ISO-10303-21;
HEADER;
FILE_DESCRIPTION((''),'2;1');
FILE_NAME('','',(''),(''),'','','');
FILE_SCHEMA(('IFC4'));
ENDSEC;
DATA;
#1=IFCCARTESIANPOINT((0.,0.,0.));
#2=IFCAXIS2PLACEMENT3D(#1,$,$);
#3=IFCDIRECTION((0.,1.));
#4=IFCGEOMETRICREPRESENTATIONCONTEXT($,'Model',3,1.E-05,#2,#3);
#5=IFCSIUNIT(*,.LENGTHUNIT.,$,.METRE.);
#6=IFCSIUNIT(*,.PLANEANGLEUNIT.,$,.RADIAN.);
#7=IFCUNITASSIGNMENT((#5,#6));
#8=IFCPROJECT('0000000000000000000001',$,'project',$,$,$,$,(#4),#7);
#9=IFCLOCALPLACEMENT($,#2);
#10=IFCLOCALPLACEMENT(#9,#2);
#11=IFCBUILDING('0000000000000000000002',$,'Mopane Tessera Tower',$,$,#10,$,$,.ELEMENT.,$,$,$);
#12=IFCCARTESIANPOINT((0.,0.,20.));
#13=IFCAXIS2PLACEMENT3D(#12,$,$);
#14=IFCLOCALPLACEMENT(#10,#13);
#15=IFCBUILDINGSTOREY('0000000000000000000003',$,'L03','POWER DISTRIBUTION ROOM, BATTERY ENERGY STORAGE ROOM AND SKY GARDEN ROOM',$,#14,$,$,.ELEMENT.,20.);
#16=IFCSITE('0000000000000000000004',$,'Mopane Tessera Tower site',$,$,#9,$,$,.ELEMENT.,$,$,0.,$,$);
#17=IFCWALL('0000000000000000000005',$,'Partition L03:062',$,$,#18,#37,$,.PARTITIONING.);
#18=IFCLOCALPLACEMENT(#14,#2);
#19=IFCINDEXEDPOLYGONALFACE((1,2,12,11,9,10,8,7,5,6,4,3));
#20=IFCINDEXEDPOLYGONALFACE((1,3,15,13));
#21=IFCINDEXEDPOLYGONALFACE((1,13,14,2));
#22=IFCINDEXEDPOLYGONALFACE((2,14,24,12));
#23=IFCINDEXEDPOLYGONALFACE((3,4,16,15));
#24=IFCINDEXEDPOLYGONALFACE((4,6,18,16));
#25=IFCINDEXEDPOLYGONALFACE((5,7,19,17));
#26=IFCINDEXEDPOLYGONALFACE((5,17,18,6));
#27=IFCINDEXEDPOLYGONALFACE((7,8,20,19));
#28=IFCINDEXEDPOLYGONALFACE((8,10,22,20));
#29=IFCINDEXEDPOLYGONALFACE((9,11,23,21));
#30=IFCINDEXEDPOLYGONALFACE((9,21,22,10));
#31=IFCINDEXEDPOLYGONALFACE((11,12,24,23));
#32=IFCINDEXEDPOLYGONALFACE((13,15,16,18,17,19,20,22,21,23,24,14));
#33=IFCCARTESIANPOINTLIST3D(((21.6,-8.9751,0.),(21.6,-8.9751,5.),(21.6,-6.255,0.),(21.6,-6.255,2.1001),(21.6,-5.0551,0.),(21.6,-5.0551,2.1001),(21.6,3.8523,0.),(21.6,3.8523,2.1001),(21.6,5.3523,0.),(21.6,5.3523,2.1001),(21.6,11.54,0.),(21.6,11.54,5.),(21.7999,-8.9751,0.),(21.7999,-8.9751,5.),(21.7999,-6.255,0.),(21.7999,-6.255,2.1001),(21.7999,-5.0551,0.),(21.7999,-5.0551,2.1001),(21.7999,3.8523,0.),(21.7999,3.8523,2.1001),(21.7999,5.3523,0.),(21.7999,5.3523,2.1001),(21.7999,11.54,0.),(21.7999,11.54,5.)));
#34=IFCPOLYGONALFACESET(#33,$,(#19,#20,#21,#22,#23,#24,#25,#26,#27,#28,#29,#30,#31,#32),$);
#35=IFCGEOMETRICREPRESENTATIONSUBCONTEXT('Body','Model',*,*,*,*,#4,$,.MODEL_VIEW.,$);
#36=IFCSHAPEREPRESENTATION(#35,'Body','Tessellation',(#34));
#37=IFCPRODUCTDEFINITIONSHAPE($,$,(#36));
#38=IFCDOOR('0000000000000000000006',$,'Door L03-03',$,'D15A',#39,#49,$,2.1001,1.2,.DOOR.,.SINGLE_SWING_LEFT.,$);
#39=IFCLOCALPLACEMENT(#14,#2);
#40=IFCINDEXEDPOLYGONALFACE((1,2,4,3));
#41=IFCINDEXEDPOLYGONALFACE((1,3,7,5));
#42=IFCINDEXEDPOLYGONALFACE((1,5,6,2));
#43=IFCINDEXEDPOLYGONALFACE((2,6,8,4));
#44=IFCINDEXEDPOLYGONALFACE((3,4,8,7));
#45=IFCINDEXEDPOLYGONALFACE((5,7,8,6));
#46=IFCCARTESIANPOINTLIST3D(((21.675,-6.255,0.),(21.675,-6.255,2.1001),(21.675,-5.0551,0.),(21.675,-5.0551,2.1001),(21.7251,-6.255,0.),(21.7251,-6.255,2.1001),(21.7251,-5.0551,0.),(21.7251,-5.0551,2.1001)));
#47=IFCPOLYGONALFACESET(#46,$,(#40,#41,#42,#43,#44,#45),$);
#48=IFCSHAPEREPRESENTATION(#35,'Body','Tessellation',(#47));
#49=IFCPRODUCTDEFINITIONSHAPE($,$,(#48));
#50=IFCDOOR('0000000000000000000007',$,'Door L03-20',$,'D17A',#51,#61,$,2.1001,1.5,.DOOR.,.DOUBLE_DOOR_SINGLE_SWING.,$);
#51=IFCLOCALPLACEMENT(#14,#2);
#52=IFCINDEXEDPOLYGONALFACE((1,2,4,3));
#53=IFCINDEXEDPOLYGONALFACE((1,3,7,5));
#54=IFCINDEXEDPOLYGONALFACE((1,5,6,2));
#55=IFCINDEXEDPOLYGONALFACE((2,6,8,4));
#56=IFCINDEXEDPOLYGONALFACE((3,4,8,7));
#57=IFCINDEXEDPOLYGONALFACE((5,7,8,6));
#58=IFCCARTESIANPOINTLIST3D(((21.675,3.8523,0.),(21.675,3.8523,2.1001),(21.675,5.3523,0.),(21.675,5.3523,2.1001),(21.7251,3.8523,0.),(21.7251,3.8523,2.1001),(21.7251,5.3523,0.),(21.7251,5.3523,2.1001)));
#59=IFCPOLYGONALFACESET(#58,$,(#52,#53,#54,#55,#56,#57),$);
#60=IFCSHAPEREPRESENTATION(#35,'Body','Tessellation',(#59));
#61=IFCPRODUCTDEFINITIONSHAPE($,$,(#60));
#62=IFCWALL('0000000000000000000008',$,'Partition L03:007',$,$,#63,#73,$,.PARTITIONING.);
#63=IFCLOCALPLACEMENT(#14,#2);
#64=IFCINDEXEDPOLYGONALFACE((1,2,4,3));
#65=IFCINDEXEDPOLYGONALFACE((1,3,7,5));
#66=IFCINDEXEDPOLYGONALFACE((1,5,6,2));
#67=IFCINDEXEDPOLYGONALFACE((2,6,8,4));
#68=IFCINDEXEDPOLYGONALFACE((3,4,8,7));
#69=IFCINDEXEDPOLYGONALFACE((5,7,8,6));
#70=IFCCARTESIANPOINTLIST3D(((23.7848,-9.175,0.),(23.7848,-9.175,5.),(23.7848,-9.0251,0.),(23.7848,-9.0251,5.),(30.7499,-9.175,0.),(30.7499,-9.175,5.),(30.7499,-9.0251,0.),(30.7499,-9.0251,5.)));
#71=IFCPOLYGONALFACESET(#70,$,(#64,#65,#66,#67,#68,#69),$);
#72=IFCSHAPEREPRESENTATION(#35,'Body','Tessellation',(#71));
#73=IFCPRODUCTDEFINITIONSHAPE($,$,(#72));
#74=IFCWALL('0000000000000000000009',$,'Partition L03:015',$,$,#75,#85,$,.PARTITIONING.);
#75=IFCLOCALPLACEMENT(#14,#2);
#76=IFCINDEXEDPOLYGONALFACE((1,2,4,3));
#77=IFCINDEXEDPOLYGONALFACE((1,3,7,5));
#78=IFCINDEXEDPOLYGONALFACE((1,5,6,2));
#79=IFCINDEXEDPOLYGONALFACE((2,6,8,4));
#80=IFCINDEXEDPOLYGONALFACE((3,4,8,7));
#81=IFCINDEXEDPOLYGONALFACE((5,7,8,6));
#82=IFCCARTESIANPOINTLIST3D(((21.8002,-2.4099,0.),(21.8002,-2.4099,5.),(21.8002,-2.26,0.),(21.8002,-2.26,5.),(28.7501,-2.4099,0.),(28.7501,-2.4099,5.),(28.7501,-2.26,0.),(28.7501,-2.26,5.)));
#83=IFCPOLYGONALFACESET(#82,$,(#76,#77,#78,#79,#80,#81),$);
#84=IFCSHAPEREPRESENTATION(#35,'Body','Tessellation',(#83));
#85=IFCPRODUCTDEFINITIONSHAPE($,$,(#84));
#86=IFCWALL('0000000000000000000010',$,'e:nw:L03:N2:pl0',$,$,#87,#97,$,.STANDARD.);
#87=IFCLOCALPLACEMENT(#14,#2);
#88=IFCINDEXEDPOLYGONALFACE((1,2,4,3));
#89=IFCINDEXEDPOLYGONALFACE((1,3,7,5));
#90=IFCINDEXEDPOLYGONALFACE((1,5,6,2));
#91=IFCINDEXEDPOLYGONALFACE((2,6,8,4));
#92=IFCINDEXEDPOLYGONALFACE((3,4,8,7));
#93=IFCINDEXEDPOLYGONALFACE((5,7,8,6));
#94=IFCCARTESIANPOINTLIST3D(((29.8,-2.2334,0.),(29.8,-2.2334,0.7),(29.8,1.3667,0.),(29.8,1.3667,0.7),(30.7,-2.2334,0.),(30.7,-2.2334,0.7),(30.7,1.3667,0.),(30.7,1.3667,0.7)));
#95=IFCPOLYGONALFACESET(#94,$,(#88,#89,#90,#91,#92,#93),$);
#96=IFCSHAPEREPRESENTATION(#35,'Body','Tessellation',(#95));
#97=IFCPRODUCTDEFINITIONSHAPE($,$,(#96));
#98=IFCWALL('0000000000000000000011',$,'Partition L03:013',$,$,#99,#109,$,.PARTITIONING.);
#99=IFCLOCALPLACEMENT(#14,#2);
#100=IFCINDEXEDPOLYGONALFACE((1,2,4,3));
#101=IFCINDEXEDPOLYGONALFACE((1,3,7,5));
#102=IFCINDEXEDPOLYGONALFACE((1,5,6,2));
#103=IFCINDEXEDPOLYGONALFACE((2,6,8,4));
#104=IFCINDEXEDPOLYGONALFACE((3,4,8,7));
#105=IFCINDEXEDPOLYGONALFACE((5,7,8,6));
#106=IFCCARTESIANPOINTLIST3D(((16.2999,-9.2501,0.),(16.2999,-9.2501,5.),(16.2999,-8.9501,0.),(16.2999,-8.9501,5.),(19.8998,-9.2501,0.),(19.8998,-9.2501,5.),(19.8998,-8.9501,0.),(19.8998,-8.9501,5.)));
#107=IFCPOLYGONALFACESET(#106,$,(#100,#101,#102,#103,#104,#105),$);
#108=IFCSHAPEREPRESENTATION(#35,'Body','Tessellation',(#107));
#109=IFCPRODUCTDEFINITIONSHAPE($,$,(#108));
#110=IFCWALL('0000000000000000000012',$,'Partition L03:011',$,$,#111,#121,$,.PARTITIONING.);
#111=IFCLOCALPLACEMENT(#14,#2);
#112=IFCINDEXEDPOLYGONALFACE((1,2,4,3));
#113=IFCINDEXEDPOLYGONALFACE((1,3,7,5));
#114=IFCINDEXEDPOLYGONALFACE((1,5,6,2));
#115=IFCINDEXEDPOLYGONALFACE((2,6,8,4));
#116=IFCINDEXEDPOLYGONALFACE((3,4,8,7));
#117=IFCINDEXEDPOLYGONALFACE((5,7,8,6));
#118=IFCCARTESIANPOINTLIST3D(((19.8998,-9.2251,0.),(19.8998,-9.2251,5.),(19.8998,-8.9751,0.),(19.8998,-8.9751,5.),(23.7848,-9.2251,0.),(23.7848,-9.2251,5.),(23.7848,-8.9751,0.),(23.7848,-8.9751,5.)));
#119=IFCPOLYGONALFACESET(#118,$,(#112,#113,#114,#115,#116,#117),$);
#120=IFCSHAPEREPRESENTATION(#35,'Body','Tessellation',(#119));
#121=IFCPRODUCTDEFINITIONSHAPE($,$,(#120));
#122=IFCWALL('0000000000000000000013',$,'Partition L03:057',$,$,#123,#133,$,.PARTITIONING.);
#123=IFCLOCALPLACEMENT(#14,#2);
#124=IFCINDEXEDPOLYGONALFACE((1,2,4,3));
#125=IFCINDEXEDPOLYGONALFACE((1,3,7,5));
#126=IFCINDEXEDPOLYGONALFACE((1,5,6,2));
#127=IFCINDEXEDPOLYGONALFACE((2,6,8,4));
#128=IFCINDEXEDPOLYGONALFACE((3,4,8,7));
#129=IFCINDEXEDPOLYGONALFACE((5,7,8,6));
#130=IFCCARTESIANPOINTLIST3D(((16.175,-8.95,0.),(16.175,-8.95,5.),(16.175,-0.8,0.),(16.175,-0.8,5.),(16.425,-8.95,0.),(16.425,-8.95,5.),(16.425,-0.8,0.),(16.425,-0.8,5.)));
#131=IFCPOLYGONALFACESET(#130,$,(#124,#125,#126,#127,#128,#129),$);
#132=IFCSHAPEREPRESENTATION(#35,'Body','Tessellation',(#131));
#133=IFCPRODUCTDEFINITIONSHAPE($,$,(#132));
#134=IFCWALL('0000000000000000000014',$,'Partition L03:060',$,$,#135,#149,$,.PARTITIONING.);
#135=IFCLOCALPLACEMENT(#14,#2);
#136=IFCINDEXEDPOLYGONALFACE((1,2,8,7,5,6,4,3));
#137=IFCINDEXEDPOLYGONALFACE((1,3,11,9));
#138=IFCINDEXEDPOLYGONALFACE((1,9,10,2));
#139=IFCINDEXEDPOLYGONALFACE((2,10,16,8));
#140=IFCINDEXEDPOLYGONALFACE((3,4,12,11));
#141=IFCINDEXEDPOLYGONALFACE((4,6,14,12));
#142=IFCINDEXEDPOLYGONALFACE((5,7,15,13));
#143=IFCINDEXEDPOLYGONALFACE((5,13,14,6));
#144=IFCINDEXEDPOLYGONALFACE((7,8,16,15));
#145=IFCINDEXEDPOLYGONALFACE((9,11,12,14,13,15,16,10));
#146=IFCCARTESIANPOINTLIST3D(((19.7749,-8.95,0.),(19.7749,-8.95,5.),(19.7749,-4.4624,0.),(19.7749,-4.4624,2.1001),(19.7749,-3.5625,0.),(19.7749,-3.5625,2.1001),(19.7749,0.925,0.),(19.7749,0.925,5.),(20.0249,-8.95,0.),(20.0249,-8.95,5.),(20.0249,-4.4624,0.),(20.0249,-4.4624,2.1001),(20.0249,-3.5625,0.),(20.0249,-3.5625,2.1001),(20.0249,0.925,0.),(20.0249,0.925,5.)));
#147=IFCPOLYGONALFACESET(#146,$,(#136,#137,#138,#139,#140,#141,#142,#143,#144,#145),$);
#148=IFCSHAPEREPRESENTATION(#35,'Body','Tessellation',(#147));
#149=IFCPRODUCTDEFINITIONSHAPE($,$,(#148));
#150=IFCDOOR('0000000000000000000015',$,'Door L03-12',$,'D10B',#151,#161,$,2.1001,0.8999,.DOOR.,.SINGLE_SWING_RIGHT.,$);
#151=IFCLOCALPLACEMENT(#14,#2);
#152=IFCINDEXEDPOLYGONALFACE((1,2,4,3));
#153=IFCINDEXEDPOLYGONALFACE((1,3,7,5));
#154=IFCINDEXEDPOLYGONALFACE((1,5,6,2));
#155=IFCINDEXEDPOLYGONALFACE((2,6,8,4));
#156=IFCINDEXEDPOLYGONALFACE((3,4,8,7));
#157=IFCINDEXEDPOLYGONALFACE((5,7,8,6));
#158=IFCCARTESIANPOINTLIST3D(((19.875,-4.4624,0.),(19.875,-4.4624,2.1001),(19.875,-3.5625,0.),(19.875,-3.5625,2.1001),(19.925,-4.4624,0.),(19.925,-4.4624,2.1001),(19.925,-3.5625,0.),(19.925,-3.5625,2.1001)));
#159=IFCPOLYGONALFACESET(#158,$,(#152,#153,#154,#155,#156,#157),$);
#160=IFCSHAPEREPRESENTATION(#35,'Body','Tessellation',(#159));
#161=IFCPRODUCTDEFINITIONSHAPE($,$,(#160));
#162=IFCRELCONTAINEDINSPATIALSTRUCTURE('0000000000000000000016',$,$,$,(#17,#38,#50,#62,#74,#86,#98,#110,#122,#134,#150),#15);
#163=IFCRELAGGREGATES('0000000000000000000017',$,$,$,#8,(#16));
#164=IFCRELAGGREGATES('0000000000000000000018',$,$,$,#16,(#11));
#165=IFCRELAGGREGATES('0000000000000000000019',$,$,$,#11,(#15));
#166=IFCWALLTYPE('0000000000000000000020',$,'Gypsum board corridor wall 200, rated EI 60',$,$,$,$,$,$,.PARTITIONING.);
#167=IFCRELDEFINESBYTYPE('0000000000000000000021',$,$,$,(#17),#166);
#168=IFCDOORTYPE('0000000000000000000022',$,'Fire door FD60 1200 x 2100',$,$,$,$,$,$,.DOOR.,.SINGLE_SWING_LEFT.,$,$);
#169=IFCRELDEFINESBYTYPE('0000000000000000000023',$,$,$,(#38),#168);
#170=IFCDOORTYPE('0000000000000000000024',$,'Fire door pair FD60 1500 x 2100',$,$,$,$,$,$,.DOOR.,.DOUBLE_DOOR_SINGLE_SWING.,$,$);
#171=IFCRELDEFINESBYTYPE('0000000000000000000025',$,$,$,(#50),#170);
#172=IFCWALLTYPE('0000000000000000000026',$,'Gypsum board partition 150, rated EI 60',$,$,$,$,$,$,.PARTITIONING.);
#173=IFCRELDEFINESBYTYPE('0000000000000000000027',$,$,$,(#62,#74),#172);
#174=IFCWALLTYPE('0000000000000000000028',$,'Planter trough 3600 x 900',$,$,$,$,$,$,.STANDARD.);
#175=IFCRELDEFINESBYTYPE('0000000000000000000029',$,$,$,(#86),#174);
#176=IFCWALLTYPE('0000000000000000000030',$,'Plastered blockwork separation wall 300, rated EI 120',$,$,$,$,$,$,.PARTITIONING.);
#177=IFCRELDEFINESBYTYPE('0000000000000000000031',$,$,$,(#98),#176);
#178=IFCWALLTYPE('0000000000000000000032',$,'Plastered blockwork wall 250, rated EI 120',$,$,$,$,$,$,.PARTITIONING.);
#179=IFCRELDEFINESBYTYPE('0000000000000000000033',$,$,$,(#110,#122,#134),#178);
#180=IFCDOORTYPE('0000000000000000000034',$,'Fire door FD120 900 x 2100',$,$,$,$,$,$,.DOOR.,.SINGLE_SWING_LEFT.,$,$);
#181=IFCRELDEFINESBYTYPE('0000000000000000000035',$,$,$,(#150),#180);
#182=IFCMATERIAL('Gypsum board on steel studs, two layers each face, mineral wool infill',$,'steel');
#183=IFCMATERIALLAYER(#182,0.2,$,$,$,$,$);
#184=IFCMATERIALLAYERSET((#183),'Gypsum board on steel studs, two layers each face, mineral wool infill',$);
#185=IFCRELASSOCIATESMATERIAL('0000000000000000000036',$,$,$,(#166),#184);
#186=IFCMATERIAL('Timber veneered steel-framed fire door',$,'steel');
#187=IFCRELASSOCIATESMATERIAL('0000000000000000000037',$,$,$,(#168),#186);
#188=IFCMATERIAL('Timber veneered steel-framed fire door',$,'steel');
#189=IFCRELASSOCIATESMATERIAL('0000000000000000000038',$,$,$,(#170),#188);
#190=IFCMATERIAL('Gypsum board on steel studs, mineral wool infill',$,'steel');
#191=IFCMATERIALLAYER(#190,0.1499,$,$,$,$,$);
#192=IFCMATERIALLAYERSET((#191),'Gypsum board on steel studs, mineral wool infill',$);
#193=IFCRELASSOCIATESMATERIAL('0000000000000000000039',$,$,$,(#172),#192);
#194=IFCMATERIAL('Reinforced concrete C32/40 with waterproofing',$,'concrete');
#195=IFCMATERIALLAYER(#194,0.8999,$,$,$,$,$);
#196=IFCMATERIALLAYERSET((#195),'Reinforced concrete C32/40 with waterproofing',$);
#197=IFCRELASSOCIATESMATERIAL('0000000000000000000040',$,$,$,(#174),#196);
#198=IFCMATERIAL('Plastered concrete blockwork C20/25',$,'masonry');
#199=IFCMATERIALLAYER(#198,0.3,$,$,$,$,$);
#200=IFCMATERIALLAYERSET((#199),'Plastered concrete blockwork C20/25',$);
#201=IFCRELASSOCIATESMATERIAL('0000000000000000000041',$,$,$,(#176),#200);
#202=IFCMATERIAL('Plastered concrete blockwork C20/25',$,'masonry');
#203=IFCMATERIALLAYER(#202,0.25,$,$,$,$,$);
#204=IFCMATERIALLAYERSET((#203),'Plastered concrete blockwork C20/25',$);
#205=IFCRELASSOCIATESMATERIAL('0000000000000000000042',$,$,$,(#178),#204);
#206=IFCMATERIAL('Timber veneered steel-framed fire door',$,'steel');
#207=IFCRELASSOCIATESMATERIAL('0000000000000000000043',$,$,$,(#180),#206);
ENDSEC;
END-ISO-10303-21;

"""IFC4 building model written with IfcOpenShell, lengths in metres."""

from ifc_helpers import new_model, si_unit, direction, frame, frame_2d, origin, place, context, subcontext, project, spatial, rectangle, extrude, material, layer, layer_set, type_object, element, fill, save


model = new_model("IFC4")

# Units and contexts
model_context = context("Model", 3, precision=1e-05, world=origin(), true_north=direction((0.0, 1.0)))
body_context = subcontext(model_context, "Body", "Model", "MODEL_VIEW")
ifc_project = project(units=[si_unit("LENGTHUNIT", "METRE"), si_unit("PLANEANGLEUNIT", "RADIAN")], contexts=[model_context])

# Site, building, storey
site_placement = place(None, origin())
site = spatial("IfcSite", under=ifc_project, at=site_placement, Name="Mopane Tessera Tower site", CompositionType="ELEMENT", RefElevation=0.0)
building_placement = place(site_placement, origin())
building = spatial("IfcBuilding", under=site, at=building_placement, Name="Mopane Tessera Tower", CompositionType="ELEMENT")
storey_placement = place(building_placement, frame((0.0, 0.0, 20.0)))
storey = spatial("IfcBuildingStorey", under=building, at=storey_placement, Name="L03", Description="POWER DISTRIBUTION ROOM, BATTERY ENERGY STORAGE ROOM AND SKY GARDEN ROOM", CompositionType="ELEMENT", Elevation=20.0)

# Wall, openings, doors
ifc_material_1 = material(Name="Gypsum board on steel studs, two layers each face, mineral wool infill", Category="steel")
ifc_layer_1 = layer(ifc_material_1, 0.2)
ifc_layer_set_1 = layer_set([ifc_layer_1], Name="Gypsum board on steel studs, two layers each face, mineral wool infill")
wall_type_1 = type_object("IfcWallType", Name="Gypsum board corridor wall 200, rated EI 60", PredefinedType="PARTITIONING", material=ifc_layer_set_1)
wall_1_placement = place(storey_placement, frame((21.7, -8.9751, 0.0), z_axis=(0.0, 0.0, 1.0), x_axis=(0.0, 1.0, 0.0)))
wall_1 = element("IfcWall", 1, at=wall_1_placement, inside=storey, type_object=wall_type_1, Name="Partition L03:062", PredefinedType="PARTITIONING", context=body_context, shape_type="SweptSolid", body=[
    extrude(rectangle(XDim=20.5151, YDim=0.2, at=frame_2d((10.2576, 0.0))), origin(), (0.0, 0.0, 1.0), 5.0),
])
opening_1_placement = place(wall_1_placement, frame((2.72, 0.0, 0.0)))
opening_1 = element("IfcOpeningElement", 2, at=opening_1_placement, cuts=wall_1, PredefinedType="OPENING", context=body_context, shape_type="SweptSolid", body=[
    extrude(rectangle(XDim=1.2, YDim=2.1001, at=frame_2d((0.6001, 1.05))), frame((0.0, 0.1121, 0.0), z_axis=(0.0, -1.0, 0.0), x_axis=(1.0, 0.0, 0.0)), (0.0, 0.0, 1.0), 0.2239),
])
opening_2_placement = place(wall_1_placement, frame((12.8274, 0.0, 0.0)))
opening_2 = element("IfcOpeningElement", 3, at=opening_2_placement, cuts=wall_1, PredefinedType="OPENING", context=body_context, shape_type="SweptSolid", body=[
    extrude(rectangle(XDim=1.5, YDim=2.1001, at=frame_2d((0.75, 1.05))), frame((0.0, 0.1121, 0.0), z_axis=(0.0, -1.0, 0.0), x_axis=(1.0, 0.0, 0.0)), (0.0, 0.0, 1.0), 0.2239),
])
ifc_material_2 = material(Name="Timber veneered steel-framed fire door", Category="steel")
door_type_1 = type_object("IfcDoorType", Name="Fire door FD60 1200 x 2100", OperationType="SINGLE_SWING_LEFT", PredefinedType="DOOR", material=ifc_material_2)
door_1_placement = place(opening_1_placement, origin())
door_1 = element("IfcDoor", 4, at=door_1_placement, inside=storey, type_object=door_type_1, Name="Door L03-03", ObjectType="D15A", OperationType="SINGLE_SWING_LEFT", OverallHeight=2.1001, OverallWidth=1.2, PredefinedType="DOOR", context=body_context, shape_type="SweptSolid", body=[
    extrude(rectangle(XDim=1.2, YDim=2.1001, at=frame_2d((0.6001, 1.05))), frame((0.0, 0.0249, 0.0), z_axis=(0.0, -1.0, 0.0), x_axis=(1.0, 0.0, 0.0)), (0.0, 0.0, 1.0), 0.05),
])
fill(opening_1, door_1)
ifc_material_3 = material(Name="Timber veneered steel-framed fire door", Category="steel")
door_type_2 = type_object("IfcDoorType", Name="Fire door pair FD60 1500 x 2100", OperationType="DOUBLE_DOOR_SINGLE_SWING", PredefinedType="DOOR", material=ifc_material_3)
door_2_placement = place(opening_2_placement, origin())
door_2 = element("IfcDoor", 5, at=door_2_placement, inside=storey, type_object=door_type_2, Name="Door L03-20", ObjectType="D17A", OperationType="DOUBLE_DOOR_SINGLE_SWING", OverallHeight=2.1001, OverallWidth=1.5, PredefinedType="DOOR", context=body_context, shape_type="SweptSolid", body=[
    extrude(rectangle(XDim=1.5, YDim=2.1001, at=frame_2d((0.75, 1.05))), frame((0.0, 0.0249, 0.0), z_axis=(0.0, -1.0, 0.0), x_axis=(1.0, 0.0, 0.0)), (0.0, 0.0, 1.0), 0.05),
])
fill(opening_2, door_2)

# Walls
ifc_material_4 = material(Name="Gypsum board on steel studs, mineral wool infill", Category="steel")
ifc_layer_2 = layer(ifc_material_4, 0.1499)
ifc_layer_set_2 = layer_set([ifc_layer_2], Name="Gypsum board on steel studs, mineral wool infill")
wall_type_2 = type_object("IfcWallType", Name="Gypsum board partition 150, rated EI 60", PredefinedType="PARTITIONING", material=ifc_layer_set_2)
wall_2_placement = place(storey_placement, frame((23.7849, -9.1001, 0.0), z_axis=(0.0, 0.0, 1.0), x_axis=(1.0, 0.0, 0.0)))
element("IfcWall", 6, at=wall_2_placement, inside=storey, type_object=wall_type_2, Name="Partition L03:007", PredefinedType="PARTITIONING", context=body_context, shape_type="SweptSolid", body=[
    extrude(rectangle(XDim=6.9651, YDim=0.1499, at=frame_2d((3.4824, 0.0))), origin(), (0.0, 0.0, 1.0), 5.0),
])
wall_3_placement = place(storey_placement, frame((21.8, -2.335, 0.0), z_axis=(0.0, 0.0, 1.0), x_axis=(1.0, 0.0, 0.0)))
element("IfcWall", 7, at=wall_3_placement, inside=storey, type_object=wall_type_2, Name="Partition L03:015", PredefinedType="PARTITIONING", context=body_context, shape_type="SweptSolid", body=[
    extrude(rectangle(XDim=6.95, YDim=0.1499, at=frame_2d((3.4751, 0.0))), origin(), (0.0, 0.0, 1.0), 5.0),
])
ifc_material_5 = material(Name="Reinforced concrete C32/40 with waterproofing", Category="concrete")
ifc_layer_3 = layer(ifc_material_5, 0.8999)
ifc_layer_set_3 = layer_set([ifc_layer_3], Name="Reinforced concrete C32/40 with waterproofing")
wall_type_3 = type_object("IfcWallType", Name="Planter trough 3600 x 900", PredefinedType="STANDARD", material=ifc_layer_set_3)
wall_4_placement = place(storey_placement, frame((30.25, -2.2334, 0.0), z_axis=(0.0, 0.0, 1.0), x_axis=(0.0, 1.0, 0.0)))
element("IfcWall", 8, at=wall_4_placement, inside=storey, type_object=wall_type_3, Name="e:nw:L03:N2:pl0", PredefinedType="STANDARD", context=body_context, shape_type="SweptSolid", body=[
    extrude(rectangle(XDim=3.6001, YDim=0.8999, at=frame_2d((1.8, 0.0))), origin(), (0.0, 0.0, 1.0), 0.7),
])
ifc_material_6 = material(Name="Plastered concrete blockwork C20/25", Category="masonry")
ifc_layer_4 = layer(ifc_material_6, 0.3)
ifc_layer_set_4 = layer_set([ifc_layer_4], Name="Plastered concrete blockwork C20/25")
wall_type_4 = type_object("IfcWallType", Name="Plastered blockwork separation wall 300, rated EI 120", PredefinedType="PARTITIONING", material=ifc_layer_set_4)
wall_5_placement = place(storey_placement, frame((16.3, -9.1001, 0.0), z_axis=(0.0, 0.0, 1.0), x_axis=(1.0, 0.0, 0.0)))
element("IfcWall", 9, at=wall_5_placement, inside=storey, type_object=wall_type_4, Name="Partition L03:013", PredefinedType="PARTITIONING", context=body_context, shape_type="SweptSolid", body=[
    extrude(rectangle(XDim=3.5999, YDim=0.3, at=frame_2d((1.7998, 0.0))), origin(), (0.0, 0.0, 1.0), 5.0),
])
ifc_material_7 = material(Name="Plastered concrete blockwork C20/25", Category="masonry")
ifc_layer_5 = layer(ifc_material_7, 0.25)
ifc_layer_set_5 = layer_set([ifc_layer_5], Name="Plastered concrete blockwork C20/25")
wall_type_5 = type_object("IfcWallType", Name="Plastered blockwork wall 250, rated EI 120", PredefinedType="PARTITIONING", material=ifc_layer_set_5)
wall_6_placement = place(storey_placement, frame((19.8999, -9.1001, 0.0), z_axis=(0.0, 0.0, 1.0), x_axis=(1.0, 0.0, 0.0)))
element("IfcWall", 10, at=wall_6_placement, inside=storey, type_object=wall_type_5, Name="Partition L03:011", PredefinedType="PARTITIONING", context=body_context, shape_type="SweptSolid", body=[
    extrude(rectangle(XDim=3.885, YDim=0.25, at=frame_2d((1.9424, 0.0))), origin(), (0.0, 0.0, 1.0), 5.0),
])
wall_7_placement = place(storey_placement, frame((16.3, -8.95, 0.0), z_axis=(0.0, 0.0, 1.0), x_axis=(0.0, 1.0, 0.0)))
element("IfcWall", 11, at=wall_7_placement, inside=storey, type_object=wall_type_5, Name="Partition L03:057", PredefinedType="PARTITIONING", context=body_context, shape_type="SweptSolid", body=[
    extrude(rectangle(XDim=8.1499, YDim=0.25, at=frame_2d((4.075, 0.0))), origin(), (0.0, 0.0, 1.0), 5.0),
])

# Wall, opening, door
wall_8_placement = place(storey_placement, frame((19.8999, -8.95, 0.0), z_axis=(0.0, 0.0, 1.0), x_axis=(0.0, 1.0, 0.0)))
wall_8 = element("IfcWall", 12, at=wall_8_placement, inside=storey, type_object=wall_type_5, Name="Partition L03:060", PredefinedType="PARTITIONING", context=body_context, shape_type="SweptSolid", body=[
    extrude(rectangle(XDim=9.875, YDim=0.25, at=frame_2d((4.9375, 0.0))), origin(), (0.0, 0.0, 1.0), 5.0),
])
opening_3_placement = place(wall_8_placement, frame((4.4875, 0.0, 0.0)))
opening_3 = element("IfcOpeningElement", 13, at=opening_3_placement, cuts=wall_8, PredefinedType="OPENING", context=body_context, shape_type="SweptSolid", body=[
    extrude(rectangle(XDim=0.8999, YDim=2.1001, at=frame_2d((0.45, 1.05))), frame((0.0, 0.137, 0.0), z_axis=(0.0, -1.0, 0.0), x_axis=(1.0, 0.0, 0.0)), (0.0, 0.0, 1.0), 0.2739),
])
ifc_material_8 = material(Name="Timber veneered steel-framed fire door", Category="steel")
door_type_3 = type_object("IfcDoorType", Name="Fire door FD120 900 x 2100", OperationType="SINGLE_SWING_LEFT", PredefinedType="DOOR", material=ifc_material_8)
door_3_placement = place(opening_3_placement, origin())
door_3 = element("IfcDoor", 14, at=door_3_placement, inside=storey, type_object=door_type_3, Name="Door L03-12", ObjectType="D10B", OperationType="SINGLE_SWING_RIGHT", OverallHeight=2.1001, OverallWidth=0.8999, PredefinedType="DOOR", context=body_context, shape_type="SweptSolid", body=[
    extrude(rectangle(XDim=0.8999, YDim=2.1001, at=frame_2d((0.45, 1.05))), frame((0.0, 0.0249, 0.0), z_axis=(0.0, -1.0, 0.0), x_axis=(1.0, 0.0, 0.0)), (0.0, 0.0, 1.0), 0.05),
])
fill(opening_3, door_3)

save(model, "model.ifc")
